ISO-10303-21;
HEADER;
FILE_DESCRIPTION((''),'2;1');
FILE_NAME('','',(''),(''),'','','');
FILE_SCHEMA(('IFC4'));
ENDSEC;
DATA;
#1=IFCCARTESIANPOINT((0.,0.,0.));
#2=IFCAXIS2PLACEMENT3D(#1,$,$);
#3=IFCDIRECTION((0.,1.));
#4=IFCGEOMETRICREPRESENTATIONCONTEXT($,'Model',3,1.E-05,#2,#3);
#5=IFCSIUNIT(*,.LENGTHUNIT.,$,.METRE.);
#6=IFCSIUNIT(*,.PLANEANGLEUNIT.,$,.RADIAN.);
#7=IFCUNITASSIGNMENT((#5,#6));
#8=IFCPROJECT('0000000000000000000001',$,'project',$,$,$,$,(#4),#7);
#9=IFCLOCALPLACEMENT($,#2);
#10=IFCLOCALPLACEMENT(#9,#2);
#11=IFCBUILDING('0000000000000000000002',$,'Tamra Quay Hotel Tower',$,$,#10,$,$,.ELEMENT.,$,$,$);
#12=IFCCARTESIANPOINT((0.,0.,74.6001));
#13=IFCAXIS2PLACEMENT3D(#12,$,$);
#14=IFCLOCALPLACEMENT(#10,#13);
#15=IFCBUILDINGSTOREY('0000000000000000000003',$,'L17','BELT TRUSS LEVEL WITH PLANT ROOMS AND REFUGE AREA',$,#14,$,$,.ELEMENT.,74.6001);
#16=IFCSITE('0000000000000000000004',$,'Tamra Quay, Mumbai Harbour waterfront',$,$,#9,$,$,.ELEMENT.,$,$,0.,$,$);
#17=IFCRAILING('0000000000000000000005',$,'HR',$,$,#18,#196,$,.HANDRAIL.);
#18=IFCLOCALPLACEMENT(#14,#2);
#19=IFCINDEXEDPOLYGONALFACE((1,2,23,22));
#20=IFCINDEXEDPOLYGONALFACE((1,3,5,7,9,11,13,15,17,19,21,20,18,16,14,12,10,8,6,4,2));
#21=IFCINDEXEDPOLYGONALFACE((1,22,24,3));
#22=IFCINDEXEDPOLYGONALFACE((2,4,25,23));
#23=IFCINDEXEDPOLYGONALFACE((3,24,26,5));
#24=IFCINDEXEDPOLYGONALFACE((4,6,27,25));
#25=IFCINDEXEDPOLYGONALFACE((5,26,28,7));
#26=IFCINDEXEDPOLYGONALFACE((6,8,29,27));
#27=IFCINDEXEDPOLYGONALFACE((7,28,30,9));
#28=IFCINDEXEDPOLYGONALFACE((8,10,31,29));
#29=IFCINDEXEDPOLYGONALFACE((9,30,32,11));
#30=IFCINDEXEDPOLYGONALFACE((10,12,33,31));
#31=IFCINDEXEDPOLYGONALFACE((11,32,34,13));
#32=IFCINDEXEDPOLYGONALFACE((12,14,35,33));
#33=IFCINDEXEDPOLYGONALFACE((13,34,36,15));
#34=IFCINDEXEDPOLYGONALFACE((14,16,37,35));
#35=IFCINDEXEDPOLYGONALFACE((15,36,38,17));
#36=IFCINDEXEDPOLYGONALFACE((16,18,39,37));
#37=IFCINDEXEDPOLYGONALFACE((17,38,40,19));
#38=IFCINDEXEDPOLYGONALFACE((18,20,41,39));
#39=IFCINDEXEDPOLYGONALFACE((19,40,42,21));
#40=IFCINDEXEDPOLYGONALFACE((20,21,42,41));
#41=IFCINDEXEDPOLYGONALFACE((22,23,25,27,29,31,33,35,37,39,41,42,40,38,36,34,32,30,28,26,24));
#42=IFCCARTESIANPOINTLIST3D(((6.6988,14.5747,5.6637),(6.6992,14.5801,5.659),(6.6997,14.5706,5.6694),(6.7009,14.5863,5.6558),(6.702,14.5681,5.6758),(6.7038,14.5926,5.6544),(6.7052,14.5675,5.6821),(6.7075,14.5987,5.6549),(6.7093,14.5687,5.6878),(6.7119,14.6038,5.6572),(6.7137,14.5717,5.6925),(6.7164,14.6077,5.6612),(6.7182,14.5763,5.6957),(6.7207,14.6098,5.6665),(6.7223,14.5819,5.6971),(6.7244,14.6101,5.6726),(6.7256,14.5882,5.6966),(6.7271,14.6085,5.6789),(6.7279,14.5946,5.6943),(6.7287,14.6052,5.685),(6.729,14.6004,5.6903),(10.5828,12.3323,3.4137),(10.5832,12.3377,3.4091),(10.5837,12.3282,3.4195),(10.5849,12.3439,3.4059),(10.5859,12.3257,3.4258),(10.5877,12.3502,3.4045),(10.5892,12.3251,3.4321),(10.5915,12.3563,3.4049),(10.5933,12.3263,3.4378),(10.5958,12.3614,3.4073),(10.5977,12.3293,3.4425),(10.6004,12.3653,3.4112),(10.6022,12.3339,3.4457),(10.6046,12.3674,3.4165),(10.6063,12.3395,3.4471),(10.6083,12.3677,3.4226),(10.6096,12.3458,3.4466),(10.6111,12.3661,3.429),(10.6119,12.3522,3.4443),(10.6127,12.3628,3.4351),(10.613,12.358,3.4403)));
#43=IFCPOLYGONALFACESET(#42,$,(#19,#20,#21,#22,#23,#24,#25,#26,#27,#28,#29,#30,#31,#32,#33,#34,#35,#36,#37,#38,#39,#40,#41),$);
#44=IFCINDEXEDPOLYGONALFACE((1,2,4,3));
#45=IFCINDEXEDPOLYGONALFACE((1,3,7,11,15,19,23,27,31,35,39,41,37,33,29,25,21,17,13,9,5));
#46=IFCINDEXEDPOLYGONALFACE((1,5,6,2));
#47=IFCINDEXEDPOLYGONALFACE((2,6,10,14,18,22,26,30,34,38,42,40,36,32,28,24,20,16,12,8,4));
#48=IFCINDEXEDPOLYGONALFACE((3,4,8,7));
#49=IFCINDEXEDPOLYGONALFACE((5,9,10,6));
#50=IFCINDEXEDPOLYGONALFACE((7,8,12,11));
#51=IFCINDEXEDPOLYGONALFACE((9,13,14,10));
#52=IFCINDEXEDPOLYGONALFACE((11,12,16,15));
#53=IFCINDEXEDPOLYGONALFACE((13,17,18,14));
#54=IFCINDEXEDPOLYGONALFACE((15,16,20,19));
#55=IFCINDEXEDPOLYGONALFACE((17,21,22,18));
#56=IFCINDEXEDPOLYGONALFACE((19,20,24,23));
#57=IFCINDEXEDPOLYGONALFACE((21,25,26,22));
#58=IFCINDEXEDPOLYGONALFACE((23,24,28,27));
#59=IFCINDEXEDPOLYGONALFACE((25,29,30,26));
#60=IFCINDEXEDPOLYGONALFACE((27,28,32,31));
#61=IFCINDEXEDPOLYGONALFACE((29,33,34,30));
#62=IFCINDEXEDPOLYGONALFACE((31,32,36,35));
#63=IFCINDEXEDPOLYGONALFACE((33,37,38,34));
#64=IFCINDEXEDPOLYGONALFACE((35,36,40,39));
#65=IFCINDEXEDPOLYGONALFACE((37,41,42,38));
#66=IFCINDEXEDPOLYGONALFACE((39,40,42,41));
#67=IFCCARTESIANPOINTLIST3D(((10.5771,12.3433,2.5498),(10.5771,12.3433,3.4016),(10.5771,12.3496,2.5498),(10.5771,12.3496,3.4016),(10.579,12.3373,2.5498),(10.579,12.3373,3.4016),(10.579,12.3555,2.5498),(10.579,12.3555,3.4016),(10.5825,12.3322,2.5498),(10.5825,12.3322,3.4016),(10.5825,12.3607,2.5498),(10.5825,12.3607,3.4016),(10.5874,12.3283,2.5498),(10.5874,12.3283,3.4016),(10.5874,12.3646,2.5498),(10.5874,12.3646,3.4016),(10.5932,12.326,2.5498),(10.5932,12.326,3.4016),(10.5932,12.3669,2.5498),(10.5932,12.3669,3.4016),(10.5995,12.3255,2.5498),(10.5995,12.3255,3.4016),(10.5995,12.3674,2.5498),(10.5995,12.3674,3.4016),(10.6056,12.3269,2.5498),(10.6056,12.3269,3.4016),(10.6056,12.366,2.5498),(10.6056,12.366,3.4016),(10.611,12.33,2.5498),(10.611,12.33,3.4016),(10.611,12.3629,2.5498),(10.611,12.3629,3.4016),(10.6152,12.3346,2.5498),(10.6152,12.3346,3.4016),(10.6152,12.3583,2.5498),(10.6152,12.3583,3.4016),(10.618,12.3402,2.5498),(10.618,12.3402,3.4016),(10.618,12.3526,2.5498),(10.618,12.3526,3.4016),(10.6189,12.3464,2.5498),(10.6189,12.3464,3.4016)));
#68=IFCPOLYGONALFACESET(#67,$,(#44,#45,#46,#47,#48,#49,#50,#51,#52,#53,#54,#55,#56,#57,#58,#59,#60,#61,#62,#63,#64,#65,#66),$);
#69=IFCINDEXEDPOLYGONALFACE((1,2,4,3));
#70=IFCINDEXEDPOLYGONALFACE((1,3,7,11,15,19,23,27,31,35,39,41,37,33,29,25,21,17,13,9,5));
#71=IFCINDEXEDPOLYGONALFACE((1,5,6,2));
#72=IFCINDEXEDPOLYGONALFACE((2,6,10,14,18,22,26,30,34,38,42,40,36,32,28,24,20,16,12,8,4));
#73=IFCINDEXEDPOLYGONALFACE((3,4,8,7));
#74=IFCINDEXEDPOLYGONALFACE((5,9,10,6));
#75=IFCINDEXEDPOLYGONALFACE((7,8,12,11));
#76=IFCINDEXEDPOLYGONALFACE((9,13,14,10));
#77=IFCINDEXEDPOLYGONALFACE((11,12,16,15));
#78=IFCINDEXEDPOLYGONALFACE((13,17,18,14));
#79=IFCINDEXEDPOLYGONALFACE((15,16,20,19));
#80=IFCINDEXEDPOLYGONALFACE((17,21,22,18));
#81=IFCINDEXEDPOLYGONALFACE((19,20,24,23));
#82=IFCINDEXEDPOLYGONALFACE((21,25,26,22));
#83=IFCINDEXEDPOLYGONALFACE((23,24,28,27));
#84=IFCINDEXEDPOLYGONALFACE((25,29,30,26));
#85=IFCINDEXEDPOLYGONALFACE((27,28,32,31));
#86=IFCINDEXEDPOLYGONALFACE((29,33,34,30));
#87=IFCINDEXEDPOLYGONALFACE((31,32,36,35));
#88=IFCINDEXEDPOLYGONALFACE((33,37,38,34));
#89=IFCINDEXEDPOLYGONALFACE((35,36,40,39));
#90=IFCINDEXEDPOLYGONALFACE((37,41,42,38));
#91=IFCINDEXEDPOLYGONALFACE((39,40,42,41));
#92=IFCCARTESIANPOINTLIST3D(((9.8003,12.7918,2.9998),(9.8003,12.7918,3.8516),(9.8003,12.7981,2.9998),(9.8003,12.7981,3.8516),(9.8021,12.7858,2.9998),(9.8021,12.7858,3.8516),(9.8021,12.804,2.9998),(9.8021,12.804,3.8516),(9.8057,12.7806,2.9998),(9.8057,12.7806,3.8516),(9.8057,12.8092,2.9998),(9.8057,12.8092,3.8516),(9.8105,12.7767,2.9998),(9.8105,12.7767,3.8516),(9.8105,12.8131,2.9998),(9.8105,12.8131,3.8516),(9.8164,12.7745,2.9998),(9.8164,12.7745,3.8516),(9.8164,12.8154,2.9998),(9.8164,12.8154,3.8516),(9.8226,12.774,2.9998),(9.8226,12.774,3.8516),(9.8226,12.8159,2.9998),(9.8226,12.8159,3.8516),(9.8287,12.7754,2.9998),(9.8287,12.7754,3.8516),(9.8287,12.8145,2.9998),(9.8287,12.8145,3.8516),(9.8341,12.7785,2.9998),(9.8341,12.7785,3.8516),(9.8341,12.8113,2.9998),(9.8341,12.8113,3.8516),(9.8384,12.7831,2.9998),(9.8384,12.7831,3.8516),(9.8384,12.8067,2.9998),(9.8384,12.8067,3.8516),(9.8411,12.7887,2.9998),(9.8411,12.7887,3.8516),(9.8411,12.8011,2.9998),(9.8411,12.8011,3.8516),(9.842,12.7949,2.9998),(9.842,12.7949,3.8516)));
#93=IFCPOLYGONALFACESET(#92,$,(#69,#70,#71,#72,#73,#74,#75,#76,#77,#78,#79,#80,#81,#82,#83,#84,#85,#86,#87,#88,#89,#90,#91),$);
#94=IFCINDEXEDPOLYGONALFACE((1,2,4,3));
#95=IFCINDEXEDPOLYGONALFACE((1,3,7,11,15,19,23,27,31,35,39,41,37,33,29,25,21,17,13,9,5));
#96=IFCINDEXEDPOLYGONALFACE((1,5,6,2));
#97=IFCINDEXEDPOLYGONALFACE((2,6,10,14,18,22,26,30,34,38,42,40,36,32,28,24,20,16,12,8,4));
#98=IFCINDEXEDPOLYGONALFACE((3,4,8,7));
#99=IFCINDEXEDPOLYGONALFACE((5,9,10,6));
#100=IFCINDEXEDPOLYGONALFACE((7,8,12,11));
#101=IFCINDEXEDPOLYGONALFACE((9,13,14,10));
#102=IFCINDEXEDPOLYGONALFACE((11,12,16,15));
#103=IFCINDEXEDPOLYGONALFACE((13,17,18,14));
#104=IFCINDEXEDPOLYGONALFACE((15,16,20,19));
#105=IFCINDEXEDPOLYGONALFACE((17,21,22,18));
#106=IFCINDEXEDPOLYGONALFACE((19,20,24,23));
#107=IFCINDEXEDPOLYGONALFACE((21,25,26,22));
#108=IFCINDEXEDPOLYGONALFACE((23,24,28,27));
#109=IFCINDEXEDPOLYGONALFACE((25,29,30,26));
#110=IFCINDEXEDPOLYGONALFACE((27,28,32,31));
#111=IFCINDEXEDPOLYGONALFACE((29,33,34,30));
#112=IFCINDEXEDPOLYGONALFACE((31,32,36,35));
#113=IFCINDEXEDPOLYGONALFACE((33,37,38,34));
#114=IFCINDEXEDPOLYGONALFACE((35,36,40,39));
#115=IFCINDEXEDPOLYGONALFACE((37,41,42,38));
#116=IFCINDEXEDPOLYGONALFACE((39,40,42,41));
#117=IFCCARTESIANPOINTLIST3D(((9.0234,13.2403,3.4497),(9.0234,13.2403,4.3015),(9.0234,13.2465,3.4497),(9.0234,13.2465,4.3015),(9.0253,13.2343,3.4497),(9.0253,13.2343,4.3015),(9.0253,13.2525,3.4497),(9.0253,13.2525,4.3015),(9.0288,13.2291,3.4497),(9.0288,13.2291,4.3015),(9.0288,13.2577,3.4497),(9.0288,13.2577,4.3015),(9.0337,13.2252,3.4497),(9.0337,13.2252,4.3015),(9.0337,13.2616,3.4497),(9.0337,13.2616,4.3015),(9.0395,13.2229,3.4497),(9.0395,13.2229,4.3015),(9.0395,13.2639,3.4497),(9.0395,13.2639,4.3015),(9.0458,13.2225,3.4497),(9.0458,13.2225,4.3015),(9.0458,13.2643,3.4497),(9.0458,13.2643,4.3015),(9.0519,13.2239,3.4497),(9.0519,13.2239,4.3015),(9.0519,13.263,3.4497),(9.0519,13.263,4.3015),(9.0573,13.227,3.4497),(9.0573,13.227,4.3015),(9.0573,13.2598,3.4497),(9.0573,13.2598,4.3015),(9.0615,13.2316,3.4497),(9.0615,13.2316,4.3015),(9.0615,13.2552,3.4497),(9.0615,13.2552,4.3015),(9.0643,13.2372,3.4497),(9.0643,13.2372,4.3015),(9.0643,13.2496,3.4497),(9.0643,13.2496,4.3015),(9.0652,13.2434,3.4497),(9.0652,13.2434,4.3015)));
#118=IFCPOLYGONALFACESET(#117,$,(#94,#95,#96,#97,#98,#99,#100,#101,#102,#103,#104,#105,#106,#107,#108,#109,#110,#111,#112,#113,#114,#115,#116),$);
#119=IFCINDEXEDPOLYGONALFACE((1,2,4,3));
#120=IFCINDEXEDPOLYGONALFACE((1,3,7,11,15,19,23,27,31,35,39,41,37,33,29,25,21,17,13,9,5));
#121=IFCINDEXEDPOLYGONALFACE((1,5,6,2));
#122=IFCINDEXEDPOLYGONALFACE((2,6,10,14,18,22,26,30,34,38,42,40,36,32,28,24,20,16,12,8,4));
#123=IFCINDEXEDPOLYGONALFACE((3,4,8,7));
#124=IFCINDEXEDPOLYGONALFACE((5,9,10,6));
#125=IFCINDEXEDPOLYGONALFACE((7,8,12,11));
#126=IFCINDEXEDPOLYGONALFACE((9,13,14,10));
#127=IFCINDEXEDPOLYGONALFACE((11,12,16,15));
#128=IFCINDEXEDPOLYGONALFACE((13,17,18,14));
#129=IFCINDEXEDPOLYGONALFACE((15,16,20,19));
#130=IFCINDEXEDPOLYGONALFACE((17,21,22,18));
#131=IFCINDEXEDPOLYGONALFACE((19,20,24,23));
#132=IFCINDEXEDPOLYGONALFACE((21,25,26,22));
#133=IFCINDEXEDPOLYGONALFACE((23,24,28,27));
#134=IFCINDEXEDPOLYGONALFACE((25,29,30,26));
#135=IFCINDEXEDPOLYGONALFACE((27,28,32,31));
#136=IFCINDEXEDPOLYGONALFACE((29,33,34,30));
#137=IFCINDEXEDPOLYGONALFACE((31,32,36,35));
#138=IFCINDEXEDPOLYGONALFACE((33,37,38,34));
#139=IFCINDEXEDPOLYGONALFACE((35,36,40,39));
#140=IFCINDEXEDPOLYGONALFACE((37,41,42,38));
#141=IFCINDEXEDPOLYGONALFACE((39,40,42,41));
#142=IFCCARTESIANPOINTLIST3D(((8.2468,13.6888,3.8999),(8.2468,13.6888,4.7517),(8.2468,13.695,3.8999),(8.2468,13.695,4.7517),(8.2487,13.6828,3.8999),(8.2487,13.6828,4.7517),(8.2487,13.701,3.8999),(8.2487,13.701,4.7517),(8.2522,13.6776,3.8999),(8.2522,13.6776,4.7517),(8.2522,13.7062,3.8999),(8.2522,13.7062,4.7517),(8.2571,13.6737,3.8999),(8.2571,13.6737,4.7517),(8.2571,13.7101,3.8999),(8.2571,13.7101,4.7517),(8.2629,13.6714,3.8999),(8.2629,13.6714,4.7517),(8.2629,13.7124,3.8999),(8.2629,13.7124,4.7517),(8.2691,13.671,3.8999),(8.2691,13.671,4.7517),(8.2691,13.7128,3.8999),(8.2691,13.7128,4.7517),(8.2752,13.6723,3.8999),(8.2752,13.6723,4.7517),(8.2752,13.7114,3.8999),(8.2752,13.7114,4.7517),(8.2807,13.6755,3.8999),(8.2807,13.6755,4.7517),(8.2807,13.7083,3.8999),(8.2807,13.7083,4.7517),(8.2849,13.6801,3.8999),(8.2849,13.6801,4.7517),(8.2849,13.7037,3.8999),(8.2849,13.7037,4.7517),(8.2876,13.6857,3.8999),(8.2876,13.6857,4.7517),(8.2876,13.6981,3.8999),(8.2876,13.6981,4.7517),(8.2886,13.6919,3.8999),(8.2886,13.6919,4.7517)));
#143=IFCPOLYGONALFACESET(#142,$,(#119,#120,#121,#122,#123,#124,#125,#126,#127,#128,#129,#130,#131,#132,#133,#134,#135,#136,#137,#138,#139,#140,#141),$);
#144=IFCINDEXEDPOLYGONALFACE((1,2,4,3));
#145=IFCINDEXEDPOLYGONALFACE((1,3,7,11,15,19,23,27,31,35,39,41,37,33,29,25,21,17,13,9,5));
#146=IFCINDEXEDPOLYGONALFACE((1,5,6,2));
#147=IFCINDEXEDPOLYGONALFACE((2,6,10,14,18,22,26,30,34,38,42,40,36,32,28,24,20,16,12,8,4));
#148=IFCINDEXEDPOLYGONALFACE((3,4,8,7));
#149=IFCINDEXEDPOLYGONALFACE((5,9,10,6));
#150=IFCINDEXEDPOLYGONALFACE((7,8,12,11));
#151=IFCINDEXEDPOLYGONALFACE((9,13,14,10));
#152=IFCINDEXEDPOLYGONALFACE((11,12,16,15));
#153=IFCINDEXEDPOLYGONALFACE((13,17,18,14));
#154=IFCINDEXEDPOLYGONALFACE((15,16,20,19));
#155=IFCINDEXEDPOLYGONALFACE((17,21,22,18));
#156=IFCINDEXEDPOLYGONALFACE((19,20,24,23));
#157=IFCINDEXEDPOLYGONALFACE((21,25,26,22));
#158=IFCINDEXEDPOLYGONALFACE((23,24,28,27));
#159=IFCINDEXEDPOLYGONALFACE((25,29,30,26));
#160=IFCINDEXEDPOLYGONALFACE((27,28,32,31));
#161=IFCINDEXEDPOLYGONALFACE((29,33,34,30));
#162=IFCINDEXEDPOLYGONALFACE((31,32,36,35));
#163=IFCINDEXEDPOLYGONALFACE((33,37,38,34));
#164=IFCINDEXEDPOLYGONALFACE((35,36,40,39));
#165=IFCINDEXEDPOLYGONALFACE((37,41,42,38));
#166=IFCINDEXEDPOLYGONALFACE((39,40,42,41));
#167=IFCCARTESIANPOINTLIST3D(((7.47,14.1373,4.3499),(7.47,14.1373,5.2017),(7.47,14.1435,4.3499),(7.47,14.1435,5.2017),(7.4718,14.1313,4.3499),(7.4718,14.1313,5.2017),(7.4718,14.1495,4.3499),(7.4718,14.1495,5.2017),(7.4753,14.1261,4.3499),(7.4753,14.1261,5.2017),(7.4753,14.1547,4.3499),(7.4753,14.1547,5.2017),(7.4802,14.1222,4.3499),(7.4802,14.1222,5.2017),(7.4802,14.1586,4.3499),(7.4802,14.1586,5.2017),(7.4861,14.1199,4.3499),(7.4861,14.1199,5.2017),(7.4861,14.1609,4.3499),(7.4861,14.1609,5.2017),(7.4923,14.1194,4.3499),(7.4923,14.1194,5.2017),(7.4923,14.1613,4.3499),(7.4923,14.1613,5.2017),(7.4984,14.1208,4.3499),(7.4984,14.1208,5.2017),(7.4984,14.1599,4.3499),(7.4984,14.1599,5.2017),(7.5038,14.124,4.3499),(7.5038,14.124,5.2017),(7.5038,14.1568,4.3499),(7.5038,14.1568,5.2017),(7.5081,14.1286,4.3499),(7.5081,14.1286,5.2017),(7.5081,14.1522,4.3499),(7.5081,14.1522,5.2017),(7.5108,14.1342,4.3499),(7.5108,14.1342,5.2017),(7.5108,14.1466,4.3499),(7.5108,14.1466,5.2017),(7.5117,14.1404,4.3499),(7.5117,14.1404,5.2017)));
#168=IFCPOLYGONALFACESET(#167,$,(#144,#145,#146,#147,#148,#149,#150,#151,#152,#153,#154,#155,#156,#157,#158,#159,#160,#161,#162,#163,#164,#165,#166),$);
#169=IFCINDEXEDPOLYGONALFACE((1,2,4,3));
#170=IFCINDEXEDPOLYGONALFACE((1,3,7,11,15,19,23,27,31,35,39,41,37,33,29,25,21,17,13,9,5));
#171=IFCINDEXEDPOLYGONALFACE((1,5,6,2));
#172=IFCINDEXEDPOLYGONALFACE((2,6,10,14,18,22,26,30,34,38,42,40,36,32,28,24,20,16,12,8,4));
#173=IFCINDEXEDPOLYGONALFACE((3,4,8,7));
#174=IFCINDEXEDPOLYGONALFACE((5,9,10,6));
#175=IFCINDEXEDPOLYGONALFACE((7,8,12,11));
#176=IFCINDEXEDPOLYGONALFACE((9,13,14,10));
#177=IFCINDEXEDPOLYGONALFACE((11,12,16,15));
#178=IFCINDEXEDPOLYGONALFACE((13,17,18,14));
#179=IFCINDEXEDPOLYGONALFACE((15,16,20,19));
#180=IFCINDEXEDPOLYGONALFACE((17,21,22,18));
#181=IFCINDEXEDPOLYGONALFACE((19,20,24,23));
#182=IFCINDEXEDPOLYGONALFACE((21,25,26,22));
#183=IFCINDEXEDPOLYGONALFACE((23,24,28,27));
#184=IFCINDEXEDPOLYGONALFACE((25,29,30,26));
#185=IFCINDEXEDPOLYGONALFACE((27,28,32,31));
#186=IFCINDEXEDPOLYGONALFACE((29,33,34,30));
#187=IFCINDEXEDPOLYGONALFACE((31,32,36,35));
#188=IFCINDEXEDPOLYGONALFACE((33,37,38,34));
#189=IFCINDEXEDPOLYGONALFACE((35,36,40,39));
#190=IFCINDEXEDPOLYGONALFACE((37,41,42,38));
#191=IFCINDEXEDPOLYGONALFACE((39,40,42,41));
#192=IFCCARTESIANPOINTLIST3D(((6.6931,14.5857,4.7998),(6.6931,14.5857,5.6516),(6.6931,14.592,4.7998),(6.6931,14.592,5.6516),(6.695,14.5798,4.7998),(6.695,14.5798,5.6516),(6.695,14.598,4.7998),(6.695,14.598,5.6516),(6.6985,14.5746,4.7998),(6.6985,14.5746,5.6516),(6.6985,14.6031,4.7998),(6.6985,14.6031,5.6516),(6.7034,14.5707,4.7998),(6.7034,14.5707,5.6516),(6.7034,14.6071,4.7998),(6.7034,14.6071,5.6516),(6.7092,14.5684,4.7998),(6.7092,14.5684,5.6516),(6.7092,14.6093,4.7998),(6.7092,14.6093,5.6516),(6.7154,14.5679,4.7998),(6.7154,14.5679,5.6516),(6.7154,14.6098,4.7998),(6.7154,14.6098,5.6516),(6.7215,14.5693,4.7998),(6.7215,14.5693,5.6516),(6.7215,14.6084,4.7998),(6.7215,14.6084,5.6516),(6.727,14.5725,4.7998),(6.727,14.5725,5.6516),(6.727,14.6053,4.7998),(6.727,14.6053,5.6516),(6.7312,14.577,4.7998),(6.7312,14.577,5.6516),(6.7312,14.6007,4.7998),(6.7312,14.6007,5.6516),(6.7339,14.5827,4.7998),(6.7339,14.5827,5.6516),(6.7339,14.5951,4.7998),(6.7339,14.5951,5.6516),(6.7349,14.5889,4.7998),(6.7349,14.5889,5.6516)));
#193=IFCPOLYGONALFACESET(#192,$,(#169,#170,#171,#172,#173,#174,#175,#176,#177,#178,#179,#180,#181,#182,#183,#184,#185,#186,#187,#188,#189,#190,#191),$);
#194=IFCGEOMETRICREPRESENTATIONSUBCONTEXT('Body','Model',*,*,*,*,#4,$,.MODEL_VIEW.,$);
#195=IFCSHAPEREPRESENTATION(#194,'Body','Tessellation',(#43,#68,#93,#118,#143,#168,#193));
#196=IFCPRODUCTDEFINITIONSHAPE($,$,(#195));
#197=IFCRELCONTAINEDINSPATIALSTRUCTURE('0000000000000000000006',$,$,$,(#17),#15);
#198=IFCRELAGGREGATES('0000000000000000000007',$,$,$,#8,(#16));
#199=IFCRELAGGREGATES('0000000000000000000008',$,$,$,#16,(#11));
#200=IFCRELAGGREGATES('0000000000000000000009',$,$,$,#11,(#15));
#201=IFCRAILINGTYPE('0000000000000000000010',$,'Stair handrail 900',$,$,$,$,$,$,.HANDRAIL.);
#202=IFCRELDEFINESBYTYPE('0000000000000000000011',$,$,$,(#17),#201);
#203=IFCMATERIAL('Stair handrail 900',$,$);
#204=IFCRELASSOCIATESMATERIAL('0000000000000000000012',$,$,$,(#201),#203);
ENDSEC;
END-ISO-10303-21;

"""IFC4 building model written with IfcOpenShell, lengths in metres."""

from ifc_helpers import new_model, si_unit, direction, frame, origin, origin_2d, place, context, subcontext, project, spatial, circle, extrude, material, type_object, element, save


model = new_model("IFC4")

# Units and contexts
model_context = context("Model", 3, precision=1e-05, world=origin(), true_north=direction((0.0, 1.0)))
body_context = subcontext(model_context, "Body", "Model", "MODEL_VIEW")
ifc_project = project(units=[si_unit("LENGTHUNIT", "METRE"), si_unit("PLANEANGLEUNIT", "RADIAN")], contexts=[model_context])

# Site, building, storey
site_placement = place(None, origin())
site = spatial("IfcSite", under=ifc_project, at=site_placement, Name="Tamra Quay, Mumbai Harbour waterfront", CompositionType="ELEMENT", RefElevation=0.0)
building_placement = place(site_placement, origin())
building = spatial("IfcBuilding", under=site, at=building_placement, Name="Tamra Quay Hotel Tower", CompositionType="ELEMENT")
storey_placement = place(building_placement, frame((0.0, 0.0, 74.6001)))
storey = spatial("IfcBuildingStorey", under=building, at=storey_placement, Name="L17", Description="BELT TRUSS LEVEL WITH PLANT ROOMS AND REFUGE AREA", CompositionType="ELEMENT", Elevation=74.6001)

# Railing
ifc_material_1 = material(Name="Stair handrail 900")
railing_type = type_object("IfcRailingType", Name="Stair handrail 900", PredefinedType="HANDRAIL", material=ifc_material_1)
railing_placement = place(storey_placement, frame((10.5979, 12.3464, 2.5498)))
element("IfcRailing", 1, at=railing_placement, inside=storey, type_object=railing_type, Name="HR", PredefinedType="HANDRAIL", context=body_context, shape_type="SweptSolid", body=[
    extrude(circle(Radius=0.0239, at=origin_2d()), frame((0.0, 0.0, 0.876), z_axis=(-0.774076, 0.44691, 0.448418), x_axis=(-0.499997, -0.866027, 0.0)), (0.0, 0.0, 1.0), 5.0176),
    extrude(circle(Radius=0.021, at=origin_2d()), origin(), (0.0, 0.0, 1.0), 0.8518),
    extrude(circle(Radius=0.021, at=origin_2d()), frame((-0.7769, 0.4485, 0.45)), (0.0, 0.0, 1.0), 0.8518),
    extrude(circle(Radius=0.021, at=origin_2d()), frame((-1.5537, 0.897, 0.8999)), (0.0, 0.0, 1.0), 0.8518),
    extrude(circle(Radius=0.021, at=origin_2d()), frame((-2.3303, 1.3455, 1.3501)), (0.0, 0.0, 1.0), 0.8518),
    extrude(circle(Radius=0.021, at=origin_2d()), frame((-3.1072, 1.7939, 1.8)), (0.0, 0.0, 1.0), 0.8518),
    extrude(circle(Radius=0.021, at=origin_2d()), frame((-3.884, 2.2424, 2.25)), (0.0, 0.0, 1.0), 0.8518),
])

save(model, "model.ifc")
